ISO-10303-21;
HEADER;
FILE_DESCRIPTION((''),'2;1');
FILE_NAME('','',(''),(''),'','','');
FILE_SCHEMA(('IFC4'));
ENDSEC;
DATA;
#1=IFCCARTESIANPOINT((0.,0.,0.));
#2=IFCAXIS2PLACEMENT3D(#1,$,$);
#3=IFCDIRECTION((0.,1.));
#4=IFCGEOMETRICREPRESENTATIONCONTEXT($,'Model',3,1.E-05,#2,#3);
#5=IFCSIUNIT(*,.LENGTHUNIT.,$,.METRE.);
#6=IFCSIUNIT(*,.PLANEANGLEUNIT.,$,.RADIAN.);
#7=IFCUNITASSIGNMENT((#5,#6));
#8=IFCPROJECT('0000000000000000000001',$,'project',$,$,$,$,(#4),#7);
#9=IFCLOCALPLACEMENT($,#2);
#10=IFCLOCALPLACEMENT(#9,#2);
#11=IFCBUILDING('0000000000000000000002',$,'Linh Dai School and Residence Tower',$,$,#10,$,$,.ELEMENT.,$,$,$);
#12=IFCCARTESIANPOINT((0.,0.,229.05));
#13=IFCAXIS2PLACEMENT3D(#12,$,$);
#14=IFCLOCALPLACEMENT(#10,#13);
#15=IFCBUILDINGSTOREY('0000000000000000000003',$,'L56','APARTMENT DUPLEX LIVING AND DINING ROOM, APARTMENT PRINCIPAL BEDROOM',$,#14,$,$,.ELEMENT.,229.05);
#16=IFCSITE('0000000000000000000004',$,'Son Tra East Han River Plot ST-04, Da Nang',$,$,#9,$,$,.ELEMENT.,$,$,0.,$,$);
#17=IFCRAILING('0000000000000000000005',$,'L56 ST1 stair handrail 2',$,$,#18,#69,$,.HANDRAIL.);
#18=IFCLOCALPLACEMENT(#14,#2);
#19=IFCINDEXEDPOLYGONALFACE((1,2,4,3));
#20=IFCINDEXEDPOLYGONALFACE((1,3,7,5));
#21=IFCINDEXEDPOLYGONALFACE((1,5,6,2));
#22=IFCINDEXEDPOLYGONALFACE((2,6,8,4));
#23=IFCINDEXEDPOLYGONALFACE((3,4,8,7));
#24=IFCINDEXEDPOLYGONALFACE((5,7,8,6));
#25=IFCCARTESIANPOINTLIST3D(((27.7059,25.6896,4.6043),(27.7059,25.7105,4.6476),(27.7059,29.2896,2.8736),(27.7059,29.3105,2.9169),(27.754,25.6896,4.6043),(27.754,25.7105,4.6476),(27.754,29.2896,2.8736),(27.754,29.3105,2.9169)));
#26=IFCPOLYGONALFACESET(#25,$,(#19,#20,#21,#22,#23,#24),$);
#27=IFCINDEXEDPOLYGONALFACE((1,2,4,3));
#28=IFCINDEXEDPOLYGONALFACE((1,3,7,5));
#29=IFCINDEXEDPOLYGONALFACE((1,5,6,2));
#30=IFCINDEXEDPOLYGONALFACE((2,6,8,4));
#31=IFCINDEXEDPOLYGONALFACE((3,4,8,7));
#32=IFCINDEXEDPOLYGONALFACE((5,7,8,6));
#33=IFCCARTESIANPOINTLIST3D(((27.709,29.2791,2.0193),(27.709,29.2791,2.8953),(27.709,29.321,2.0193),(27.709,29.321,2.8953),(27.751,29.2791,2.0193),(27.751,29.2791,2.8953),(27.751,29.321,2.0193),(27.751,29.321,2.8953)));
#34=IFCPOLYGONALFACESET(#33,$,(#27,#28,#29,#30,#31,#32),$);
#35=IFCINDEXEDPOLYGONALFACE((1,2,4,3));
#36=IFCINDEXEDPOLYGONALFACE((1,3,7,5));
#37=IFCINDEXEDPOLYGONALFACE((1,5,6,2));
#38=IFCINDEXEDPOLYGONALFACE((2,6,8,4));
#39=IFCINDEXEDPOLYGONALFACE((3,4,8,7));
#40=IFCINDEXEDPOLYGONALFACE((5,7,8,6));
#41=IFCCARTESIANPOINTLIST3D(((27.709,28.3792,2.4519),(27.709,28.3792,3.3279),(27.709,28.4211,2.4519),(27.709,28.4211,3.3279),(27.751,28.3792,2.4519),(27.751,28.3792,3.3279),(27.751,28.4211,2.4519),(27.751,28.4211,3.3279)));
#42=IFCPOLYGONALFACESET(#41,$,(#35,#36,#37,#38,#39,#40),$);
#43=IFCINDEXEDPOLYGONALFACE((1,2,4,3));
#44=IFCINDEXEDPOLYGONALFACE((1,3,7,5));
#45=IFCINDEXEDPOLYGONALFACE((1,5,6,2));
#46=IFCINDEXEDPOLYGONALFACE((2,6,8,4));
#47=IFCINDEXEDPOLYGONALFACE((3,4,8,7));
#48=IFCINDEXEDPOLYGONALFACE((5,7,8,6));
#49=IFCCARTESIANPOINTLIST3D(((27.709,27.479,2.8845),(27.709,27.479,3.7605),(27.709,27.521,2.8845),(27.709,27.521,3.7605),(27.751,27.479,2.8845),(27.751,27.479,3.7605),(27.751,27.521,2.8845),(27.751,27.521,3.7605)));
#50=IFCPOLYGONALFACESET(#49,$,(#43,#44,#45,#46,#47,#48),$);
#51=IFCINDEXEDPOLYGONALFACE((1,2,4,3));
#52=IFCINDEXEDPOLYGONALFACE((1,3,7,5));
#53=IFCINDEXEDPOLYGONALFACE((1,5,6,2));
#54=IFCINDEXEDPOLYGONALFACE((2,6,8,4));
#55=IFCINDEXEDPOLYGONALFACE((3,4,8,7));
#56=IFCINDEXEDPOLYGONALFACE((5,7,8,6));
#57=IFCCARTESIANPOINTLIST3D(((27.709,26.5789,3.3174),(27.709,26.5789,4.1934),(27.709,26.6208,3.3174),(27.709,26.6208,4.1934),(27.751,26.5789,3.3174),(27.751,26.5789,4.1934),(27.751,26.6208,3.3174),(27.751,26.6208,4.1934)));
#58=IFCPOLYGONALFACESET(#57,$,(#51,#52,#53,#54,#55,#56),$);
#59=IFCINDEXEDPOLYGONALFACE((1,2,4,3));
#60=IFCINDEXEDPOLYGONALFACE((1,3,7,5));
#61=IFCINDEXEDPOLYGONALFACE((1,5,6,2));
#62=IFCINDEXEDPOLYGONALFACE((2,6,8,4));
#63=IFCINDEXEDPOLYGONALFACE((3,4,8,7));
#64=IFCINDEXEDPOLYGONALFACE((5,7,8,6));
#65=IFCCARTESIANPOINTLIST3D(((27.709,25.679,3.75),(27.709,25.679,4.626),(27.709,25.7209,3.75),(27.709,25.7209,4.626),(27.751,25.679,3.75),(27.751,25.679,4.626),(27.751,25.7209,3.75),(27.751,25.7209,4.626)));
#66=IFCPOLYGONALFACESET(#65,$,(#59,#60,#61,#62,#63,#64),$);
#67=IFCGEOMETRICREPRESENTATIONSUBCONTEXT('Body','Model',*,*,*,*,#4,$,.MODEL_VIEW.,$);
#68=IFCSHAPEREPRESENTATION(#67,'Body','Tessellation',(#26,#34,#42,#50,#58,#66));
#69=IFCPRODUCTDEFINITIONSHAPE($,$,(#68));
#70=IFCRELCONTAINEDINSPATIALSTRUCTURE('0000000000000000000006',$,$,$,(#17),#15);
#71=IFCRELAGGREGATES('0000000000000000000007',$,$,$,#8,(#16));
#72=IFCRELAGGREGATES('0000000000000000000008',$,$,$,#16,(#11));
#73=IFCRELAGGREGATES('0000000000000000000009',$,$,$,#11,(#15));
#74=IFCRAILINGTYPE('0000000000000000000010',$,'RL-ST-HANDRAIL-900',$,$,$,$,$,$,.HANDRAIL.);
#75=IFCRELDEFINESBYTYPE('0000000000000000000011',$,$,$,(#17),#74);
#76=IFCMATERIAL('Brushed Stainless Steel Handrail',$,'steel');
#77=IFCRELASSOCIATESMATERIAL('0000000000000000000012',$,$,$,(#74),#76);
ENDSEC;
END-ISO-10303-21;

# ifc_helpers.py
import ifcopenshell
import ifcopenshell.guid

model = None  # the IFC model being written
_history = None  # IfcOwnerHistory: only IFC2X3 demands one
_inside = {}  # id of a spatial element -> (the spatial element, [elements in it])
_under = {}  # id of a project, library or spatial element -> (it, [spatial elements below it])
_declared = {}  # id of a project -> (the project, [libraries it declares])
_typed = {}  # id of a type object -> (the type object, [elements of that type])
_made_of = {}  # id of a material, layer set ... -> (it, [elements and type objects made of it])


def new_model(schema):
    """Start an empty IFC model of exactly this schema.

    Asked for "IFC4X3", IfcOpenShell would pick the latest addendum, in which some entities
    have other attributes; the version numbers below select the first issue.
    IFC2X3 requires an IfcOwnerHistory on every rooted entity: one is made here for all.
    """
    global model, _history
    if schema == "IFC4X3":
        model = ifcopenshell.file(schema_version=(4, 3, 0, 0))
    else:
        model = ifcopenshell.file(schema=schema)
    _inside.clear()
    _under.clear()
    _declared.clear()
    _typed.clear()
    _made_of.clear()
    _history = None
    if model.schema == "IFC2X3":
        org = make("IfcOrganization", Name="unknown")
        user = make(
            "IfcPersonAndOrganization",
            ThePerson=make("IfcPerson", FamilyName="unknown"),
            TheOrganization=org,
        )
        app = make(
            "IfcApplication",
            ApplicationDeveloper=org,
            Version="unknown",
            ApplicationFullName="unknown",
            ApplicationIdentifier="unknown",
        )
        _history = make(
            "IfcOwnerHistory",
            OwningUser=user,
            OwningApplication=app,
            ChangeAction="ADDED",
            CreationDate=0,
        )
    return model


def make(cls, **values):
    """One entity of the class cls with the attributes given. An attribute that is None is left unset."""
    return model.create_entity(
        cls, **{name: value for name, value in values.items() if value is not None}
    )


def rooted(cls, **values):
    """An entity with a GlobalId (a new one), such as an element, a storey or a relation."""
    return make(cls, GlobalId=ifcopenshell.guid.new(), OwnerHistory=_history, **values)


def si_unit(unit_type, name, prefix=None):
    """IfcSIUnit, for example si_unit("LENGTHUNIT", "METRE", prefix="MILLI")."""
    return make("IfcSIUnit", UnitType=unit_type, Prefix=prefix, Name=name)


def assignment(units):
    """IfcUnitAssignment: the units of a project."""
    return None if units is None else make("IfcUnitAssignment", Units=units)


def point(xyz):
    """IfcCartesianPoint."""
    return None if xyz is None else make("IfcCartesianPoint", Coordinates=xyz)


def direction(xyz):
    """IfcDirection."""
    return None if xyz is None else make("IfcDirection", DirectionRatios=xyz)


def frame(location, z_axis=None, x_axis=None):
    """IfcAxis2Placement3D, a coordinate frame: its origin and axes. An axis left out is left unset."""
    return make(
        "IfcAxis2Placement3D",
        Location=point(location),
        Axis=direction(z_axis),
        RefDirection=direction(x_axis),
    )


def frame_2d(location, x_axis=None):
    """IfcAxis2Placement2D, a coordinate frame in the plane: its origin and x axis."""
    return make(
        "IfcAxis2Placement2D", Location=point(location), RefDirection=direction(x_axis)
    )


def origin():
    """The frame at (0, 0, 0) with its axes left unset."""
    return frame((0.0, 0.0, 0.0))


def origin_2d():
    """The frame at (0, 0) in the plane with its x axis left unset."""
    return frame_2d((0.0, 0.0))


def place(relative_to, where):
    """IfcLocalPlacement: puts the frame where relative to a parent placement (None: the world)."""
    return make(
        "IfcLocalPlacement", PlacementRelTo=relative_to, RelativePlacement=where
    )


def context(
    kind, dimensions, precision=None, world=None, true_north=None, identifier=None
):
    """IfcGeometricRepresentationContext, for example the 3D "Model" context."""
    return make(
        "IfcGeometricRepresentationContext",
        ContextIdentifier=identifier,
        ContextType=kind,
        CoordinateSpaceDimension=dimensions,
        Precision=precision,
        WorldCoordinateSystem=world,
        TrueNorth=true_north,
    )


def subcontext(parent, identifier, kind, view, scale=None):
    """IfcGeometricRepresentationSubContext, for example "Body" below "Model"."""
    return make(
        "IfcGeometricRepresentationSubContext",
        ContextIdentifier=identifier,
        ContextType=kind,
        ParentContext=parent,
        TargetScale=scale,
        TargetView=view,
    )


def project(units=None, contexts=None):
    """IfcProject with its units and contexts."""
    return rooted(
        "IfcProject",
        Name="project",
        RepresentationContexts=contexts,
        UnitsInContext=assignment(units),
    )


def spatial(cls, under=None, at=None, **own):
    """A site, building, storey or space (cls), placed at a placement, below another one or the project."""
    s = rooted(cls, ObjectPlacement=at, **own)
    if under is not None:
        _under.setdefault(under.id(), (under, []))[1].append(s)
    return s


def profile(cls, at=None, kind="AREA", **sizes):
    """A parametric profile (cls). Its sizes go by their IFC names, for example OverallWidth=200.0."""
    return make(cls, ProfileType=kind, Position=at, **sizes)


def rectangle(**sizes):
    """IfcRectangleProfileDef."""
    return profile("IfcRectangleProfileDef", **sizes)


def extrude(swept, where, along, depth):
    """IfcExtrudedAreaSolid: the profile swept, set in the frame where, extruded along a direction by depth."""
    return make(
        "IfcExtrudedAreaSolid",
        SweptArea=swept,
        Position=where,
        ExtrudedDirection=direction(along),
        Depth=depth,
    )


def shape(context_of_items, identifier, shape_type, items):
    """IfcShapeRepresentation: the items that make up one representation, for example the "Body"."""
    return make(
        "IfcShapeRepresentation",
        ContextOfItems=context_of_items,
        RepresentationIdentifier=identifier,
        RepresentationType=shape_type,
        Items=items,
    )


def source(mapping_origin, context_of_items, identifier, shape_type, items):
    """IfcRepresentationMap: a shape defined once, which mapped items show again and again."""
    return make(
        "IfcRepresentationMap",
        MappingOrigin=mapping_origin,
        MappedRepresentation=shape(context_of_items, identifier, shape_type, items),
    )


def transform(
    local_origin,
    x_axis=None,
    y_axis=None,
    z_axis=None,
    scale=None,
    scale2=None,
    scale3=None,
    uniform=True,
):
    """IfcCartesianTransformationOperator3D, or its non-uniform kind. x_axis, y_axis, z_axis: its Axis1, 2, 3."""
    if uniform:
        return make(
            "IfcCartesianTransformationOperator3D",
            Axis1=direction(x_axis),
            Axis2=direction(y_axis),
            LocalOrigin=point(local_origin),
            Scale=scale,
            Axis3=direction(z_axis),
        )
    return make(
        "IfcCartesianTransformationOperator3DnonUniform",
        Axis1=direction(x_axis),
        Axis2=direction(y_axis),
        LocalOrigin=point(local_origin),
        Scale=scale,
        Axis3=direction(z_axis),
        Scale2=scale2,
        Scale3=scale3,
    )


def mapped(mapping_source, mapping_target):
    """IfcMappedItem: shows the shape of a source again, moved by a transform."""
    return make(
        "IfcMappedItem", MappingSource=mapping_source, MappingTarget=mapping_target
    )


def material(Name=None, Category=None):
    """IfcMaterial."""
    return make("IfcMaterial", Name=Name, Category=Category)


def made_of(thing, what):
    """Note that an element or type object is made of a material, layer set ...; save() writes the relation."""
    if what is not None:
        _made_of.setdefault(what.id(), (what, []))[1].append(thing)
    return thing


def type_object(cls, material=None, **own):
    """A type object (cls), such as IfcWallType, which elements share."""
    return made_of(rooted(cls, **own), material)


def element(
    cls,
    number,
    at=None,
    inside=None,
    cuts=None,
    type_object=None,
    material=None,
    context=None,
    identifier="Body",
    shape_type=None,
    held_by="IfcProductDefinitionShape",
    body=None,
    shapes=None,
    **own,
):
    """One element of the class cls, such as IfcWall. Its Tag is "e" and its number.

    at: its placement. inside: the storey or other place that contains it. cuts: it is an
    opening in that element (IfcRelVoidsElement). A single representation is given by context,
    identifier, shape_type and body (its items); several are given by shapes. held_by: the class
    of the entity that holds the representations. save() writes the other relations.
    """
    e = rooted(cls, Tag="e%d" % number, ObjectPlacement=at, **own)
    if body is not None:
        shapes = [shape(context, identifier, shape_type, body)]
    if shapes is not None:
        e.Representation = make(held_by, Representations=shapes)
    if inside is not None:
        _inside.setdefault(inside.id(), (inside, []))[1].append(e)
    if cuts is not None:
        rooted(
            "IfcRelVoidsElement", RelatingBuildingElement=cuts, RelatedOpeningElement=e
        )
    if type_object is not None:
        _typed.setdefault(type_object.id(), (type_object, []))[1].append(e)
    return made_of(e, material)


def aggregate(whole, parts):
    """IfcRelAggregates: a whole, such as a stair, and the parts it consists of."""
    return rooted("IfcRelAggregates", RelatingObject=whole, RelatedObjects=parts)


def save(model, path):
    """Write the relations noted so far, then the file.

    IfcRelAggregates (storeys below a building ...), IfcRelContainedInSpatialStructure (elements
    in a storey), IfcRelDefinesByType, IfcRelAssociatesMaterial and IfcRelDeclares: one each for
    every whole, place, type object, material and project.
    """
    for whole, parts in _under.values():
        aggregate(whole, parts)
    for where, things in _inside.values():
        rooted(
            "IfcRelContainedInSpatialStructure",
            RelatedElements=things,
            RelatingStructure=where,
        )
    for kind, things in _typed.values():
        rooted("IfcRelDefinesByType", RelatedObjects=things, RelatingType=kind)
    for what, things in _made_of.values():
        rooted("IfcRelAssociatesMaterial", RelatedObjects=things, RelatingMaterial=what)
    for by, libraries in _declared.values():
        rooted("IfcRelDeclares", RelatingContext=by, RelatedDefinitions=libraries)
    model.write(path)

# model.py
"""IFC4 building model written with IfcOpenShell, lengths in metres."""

from ifc_helpers import new_model, si_unit, direction, frame, origin, origin_2d, place, context, subcontext, project, spatial, rectangle, extrude, source, transform, mapped, material, type_object, element, save


model = new_model("IFC4")

# Units and contexts
model_context = context("Model", 3, precision=1e-05, world=origin(), true_north=direction((0.0, 1.0)))
body_context = subcontext(model_context, "Body", "Model", "MODEL_VIEW")
ifc_project = project(units=[si_unit("LENGTHUNIT", "METRE"), si_unit("PLANEANGLEUNIT", "RADIAN")], contexts=[model_context])

# Site, building, storey
site_placement = place(None, origin())
site = spatial("IfcSite", under=ifc_project, at=site_placement, Name="Son Tra East Han River Plot ST-04, Da Nang", CompositionType="ELEMENT", RefElevation=0.0)
building_placement = place(site_placement, origin())
building = spatial("IfcBuilding", under=site, at=building_placement, Name="Linh Dai School and Residence Tower", CompositionType="ELEMENT")
storey_placement = place(building_placement, frame((0.0, 0.0, 229.05)))
storey = spatial("IfcBuildingStorey", under=building, at=storey_placement, Name="L56", Description="APARTMENT DUPLEX LIVING AND DINING ROOM, APARTMENT PRINCIPAL BEDROOM", CompositionType="ELEMENT", Elevation=229.05)

# Railing
ifc_material_1 = material(Name="Brushed Stainless Steel Handrail", Category="steel")
railing_type_1 = type_object("IfcRailingType", Name="RL-ST-HANDRAIL-900", PredefinedType="HANDRAIL", material=ifc_material_1)
shared_shape_1 = source(origin(), body_context, "Body", "SweptSolid", [
    extrude(rectangle(XDim=0.0481, YDim=0.0481, at=origin_2d()), frame((0.0, 0.0, 0.876), z_axis=(0.0, -0.901263, 0.433273), x_axis=(1.0, 0.0, 0.0)), (0.0, 0.0, 1.0), 3.9944),
    extrude(rectangle(XDim=0.042, YDim=0.042, at=origin_2d()), origin(), (0.0, 0.0, 1.0), 0.876),
    extrude(rectangle(XDim=0.042, YDim=0.042, at=origin_2d()), frame((0.0, -0.8999, 0.4326)), (0.0, 0.0, 1.0), 0.876),
    extrude(rectangle(XDim=0.042, YDim=0.042, at=origin_2d()), frame((0.0, -1.8, 0.8652)), (0.0, 0.0, 1.0), 0.876),
    extrude(rectangle(XDim=0.042, YDim=0.042, at=origin_2d()), frame((0.0, -2.7002, 1.2981)), (0.0, 0.0, 1.0), 0.876),
    extrude(rectangle(XDim=0.042, YDim=0.042, at=origin_2d()), frame((0.0, -3.6001, 1.7307)), (0.0, 0.0, 1.0), 0.876),
])
railing_1_placement = place(storey_placement, frame((27.73, 29.3, 2.0193)))
element("IfcRailing", 1, at=railing_1_placement, inside=storey, type_object=railing_type_1, Name="L56 ST1 stair handrail 2", PredefinedType="HANDRAIL", context=body_context, shape_type="MappedRepresentation", body=[
    mapped(shared_shape_1, transform((0.0, 0.0, 0.0), x_axis=(1.0, 0.0, 0.0), y_axis=(0.0, 1.0, 0.0), z_axis=(0.0, 0.0, 1.0), scale=1.0)),
])

save(model, "model.ifc")
